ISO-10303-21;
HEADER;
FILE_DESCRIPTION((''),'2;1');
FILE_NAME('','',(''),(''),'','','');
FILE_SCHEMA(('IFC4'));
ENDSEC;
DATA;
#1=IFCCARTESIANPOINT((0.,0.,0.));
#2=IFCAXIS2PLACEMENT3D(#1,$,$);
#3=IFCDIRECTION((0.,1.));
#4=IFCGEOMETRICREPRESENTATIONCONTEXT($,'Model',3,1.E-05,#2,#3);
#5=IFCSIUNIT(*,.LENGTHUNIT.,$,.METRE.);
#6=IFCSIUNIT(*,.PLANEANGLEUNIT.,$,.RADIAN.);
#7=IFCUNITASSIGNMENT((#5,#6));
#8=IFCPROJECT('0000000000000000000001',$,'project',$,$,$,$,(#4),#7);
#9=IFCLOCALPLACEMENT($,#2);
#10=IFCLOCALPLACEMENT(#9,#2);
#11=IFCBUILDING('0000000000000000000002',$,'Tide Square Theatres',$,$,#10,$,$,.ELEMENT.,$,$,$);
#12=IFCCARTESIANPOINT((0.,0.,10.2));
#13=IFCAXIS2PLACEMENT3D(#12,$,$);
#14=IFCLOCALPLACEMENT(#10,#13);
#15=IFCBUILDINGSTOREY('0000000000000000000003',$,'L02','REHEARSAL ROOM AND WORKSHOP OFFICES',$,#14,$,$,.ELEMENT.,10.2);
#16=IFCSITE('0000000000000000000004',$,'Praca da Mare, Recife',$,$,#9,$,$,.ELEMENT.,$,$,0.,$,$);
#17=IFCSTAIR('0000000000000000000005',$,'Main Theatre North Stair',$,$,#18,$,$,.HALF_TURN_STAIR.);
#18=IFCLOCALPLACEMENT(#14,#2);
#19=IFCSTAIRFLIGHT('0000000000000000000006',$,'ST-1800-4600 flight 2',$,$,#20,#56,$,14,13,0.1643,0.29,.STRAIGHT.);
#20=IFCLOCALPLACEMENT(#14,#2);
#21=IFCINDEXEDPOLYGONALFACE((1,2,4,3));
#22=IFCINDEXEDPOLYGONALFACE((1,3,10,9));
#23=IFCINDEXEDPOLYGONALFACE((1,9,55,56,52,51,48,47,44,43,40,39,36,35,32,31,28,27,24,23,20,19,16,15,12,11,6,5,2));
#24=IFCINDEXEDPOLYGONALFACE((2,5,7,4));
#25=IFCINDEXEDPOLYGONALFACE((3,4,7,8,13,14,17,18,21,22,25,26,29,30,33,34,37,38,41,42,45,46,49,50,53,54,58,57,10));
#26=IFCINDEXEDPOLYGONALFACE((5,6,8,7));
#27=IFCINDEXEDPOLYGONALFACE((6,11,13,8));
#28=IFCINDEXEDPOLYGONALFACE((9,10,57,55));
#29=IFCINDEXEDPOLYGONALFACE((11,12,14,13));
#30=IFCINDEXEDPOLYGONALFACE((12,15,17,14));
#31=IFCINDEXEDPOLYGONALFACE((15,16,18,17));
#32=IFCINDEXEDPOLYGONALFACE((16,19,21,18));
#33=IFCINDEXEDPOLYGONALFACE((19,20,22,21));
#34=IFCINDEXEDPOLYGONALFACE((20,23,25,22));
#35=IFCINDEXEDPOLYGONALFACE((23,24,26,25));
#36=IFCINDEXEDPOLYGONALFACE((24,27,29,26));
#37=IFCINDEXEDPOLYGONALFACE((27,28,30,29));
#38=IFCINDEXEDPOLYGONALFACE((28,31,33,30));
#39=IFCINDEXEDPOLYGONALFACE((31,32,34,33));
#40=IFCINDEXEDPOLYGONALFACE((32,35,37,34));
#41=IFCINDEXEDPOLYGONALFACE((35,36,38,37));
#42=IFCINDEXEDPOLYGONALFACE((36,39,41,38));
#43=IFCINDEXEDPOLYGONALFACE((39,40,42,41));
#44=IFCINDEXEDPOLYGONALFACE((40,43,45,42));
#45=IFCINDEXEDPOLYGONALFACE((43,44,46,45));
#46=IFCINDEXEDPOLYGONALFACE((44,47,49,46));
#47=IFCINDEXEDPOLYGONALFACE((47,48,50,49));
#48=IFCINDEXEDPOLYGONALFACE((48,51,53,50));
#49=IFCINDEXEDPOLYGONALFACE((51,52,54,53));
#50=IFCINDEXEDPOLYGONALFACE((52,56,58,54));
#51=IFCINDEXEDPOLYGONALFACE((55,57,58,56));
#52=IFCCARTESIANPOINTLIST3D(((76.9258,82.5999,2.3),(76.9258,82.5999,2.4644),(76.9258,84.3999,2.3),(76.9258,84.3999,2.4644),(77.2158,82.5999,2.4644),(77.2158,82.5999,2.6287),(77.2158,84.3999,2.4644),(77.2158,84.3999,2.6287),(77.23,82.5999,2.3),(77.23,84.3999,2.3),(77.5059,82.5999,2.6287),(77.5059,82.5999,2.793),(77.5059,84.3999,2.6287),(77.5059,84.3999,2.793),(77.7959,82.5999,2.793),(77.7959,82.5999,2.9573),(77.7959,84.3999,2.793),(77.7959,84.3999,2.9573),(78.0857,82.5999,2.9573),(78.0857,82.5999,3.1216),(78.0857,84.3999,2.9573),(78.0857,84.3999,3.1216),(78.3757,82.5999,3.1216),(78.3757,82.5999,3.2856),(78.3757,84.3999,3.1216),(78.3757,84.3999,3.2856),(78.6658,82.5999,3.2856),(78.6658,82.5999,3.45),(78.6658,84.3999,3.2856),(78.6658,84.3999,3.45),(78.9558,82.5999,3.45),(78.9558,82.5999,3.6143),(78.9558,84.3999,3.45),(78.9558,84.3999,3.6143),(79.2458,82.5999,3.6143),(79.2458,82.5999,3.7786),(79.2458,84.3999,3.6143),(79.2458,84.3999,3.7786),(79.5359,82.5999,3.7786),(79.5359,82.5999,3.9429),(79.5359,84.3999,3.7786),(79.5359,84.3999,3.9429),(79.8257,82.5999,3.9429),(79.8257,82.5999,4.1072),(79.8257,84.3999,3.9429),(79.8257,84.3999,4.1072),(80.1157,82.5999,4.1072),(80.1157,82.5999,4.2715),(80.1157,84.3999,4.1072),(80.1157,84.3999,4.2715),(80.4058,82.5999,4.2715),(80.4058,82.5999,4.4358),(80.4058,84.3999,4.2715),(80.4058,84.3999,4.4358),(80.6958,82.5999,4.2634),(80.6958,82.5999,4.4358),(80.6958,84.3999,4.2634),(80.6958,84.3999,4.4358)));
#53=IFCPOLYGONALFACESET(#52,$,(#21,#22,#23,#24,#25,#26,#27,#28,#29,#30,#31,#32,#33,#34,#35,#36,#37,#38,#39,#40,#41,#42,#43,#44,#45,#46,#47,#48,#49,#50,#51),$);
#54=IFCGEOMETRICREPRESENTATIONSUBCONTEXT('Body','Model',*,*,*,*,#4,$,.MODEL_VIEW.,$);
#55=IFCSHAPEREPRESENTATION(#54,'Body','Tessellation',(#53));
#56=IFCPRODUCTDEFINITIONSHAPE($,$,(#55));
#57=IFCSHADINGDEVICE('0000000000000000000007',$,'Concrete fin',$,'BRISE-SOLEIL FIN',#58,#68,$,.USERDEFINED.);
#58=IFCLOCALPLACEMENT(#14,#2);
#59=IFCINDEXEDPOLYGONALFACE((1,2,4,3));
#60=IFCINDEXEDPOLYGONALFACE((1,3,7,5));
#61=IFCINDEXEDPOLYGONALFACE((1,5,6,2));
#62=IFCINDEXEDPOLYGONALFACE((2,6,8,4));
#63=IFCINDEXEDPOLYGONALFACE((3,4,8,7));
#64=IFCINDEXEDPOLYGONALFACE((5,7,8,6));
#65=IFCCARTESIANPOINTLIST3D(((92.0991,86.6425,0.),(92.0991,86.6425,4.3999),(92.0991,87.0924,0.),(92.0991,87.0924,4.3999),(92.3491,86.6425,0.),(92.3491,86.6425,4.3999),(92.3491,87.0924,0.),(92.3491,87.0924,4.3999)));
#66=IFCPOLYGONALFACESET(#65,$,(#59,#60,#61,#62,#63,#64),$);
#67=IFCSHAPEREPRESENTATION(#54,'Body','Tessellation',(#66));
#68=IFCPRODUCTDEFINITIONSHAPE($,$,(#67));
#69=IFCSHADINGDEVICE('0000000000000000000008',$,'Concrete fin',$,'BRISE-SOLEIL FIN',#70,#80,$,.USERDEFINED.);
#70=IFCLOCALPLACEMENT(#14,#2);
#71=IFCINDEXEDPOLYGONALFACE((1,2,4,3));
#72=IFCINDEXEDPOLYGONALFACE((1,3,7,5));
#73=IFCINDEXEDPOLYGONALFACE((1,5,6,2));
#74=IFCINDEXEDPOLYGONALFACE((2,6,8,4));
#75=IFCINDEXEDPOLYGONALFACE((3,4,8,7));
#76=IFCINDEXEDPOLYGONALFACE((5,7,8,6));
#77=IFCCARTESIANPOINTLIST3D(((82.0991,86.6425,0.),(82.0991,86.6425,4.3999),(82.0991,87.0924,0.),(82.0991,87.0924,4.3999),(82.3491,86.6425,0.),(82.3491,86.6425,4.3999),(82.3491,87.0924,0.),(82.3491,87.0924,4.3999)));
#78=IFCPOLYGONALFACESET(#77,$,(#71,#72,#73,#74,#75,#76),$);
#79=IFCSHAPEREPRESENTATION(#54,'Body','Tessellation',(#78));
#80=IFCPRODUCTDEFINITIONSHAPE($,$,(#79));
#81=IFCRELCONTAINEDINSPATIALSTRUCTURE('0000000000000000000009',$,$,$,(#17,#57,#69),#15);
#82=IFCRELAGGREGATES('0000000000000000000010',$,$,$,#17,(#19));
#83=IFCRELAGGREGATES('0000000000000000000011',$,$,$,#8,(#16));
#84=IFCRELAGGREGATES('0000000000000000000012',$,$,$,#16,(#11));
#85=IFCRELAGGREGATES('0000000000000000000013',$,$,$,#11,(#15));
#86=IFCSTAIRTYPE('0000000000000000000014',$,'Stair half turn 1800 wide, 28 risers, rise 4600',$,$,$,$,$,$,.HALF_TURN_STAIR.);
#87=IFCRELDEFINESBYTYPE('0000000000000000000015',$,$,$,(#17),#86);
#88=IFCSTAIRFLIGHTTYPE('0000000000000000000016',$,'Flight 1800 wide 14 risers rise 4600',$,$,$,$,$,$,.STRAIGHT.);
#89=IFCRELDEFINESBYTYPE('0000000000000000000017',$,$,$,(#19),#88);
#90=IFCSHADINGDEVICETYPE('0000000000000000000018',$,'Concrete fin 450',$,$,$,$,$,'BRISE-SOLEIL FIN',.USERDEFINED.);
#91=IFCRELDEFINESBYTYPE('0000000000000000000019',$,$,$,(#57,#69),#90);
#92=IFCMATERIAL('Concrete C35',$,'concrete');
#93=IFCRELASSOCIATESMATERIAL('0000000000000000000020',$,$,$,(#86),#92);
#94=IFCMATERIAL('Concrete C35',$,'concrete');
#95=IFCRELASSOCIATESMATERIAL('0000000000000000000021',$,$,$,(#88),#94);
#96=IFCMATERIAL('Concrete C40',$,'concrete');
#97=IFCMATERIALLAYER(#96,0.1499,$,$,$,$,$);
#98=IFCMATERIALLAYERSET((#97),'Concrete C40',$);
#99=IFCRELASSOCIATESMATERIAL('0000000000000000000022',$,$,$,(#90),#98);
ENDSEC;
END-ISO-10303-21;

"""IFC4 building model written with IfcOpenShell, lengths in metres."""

from ifc_helpers import new_model, si_unit, direction, frame, origin, origin_2d, place, context, subcontext, project, spatial, polyline, rectangle, outline, extrude, material, layer, layer_set, type_object, element, aggregate, save


model = new_model("IFC4")

# Units and contexts
model_context = context("Model", 3, precision=1e-05, world=origin(), true_north=direction((0.0, 1.0)))
body_context = subcontext(model_context, "Body", "Model", "MODEL_VIEW")
ifc_project = project(units=[si_unit("LENGTHUNIT", "METRE"), si_unit("PLANEANGLEUNIT", "RADIAN")], contexts=[model_context])

# Site, building, storey
site_placement = place(None, origin())
site = spatial("IfcSite", under=ifc_project, at=site_placement, Name="Praca da Mare, Recife", CompositionType="ELEMENT", RefElevation=0.0)
building_placement = place(site_placement, origin())
building = spatial("IfcBuilding", under=site, at=building_placement, Name="Tide Square Theatres", CompositionType="ELEMENT")
storey_placement = place(building_placement, frame((0.0, 0.0, 10.2)))
storey = spatial("IfcBuildingStorey", under=building, at=storey_placement, Name="L02", Description="REHEARSAL ROOM AND WORKSHOP OFFICES", CompositionType="ELEMENT", Elevation=10.2)

# Stair, stair flight
ifc_material_1 = material(Name="Concrete C35", Category="concrete")
stair_type = type_object("IfcStairType", Name="Stair half turn 1800 wide, 28 risers, rise 4600", PredefinedType="HALF_TURN_STAIR", material=ifc_material_1)
stair_placement = place(storey_placement, origin())
stair = element("IfcStair", 1, at=stair_placement, inside=storey, type_object=stair_type, Name="Main Theatre North Stair", PredefinedType="HALF_TURN_STAIR")
ifc_material_2 = material(Name="Concrete C35", Category="concrete")
stair_flight_type = type_object("IfcStairFlightType", Name="Flight 1800 wide 14 risers rise 4600", PredefinedType="STRAIGHT", material=ifc_material_2)
stair_flight_1_placement = place(storey_placement, frame((76.9258, 83.5, 2.3), z_axis=(0.0, 0.0, 1.0), x_axis=(1.0, 0.0, 0.0)))
stair_flight_1 = element("IfcStairFlight", 2, at=stair_flight_1_placement, type_object=stair_flight_type, Name="ST-1800-4600 flight 2", NumberOfRisers=14, NumberOfTreads=13, PredefinedType="STRAIGHT", RiserHeight=0.1643, TreadLength=0.29, context=body_context, shape_type="SweptSolid", body=[
    extrude(outline(polyline([(0.0, 0.0), (0.0, 0.1643), (0.29, 0.1643), (0.29, 0.3286), (0.5801, 0.3286), (0.5801, 0.4929), (0.8701, 0.4929), (0.8701, 0.6572), (1.1599, 0.6572), (1.1599, 0.8215), (1.45, 0.8215), (1.45, 0.9856), (1.74, 0.9856), (1.74, 1.1499), (2.03, 1.1499), (2.03, 1.3142), (2.3201, 1.3142), (2.3201, 1.4785), (2.6101, 1.4785), (2.6101, 1.6428), (2.8999, 1.6428), (2.8999, 1.8071), (3.1899, 1.8071), (3.1899, 1.9714), (3.48, 1.9714), (3.48, 2.1357), (3.77, 2.1357), (3.77, 2.3), (3.77, 1.9634), (0.3042, 0.0), (0.0, 0.0)])), frame((0.0, 0.8999, 0.0), z_axis=(0.0, -1.0, 0.0), x_axis=(1.0, 0.0, 0.0)), (0.0, 0.0, 1.0), 1.8),
])
aggregate(stair, [stair_flight_1])

# Shading devices
ifc_material_3 = material(Name="Concrete C40", Category="concrete")
ifc_layer_1 = layer(ifc_material_3, 0.1499)
ifc_layer_set_1 = layer_set([ifc_layer_1], Name="Concrete C40")
shading_device_type = type_object("IfcShadingDeviceType", Name="Concrete fin 450", ElementType="BRISE-SOLEIL FIN", PredefinedType="USERDEFINED", material=ifc_layer_set_1)
for number, where, z_axis, x_axis, name in (
    (3, (92.2241, 86.8674, 0.0), (0.0, 0.0, 1.0), (-1.0, 0.0, 0.0), "Concrete fin"),
    (4, (82.2241, 86.8674, 0.0), (0.0, 0.0, 1.0), (-1.0, 0.0, 0.0), "Concrete fin"),
):
    element("IfcShadingDevice", number, at=place(storey_placement, frame(where, z_axis=z_axis, x_axis=x_axis)), inside=storey, type_object=shading_device_type, Name=name, ObjectType="BRISE-SOLEIL FIN", PredefinedType="USERDEFINED", context=body_context, shape_type="SweptSolid", body=[
        extrude(rectangle(XDim=0.25, YDim=0.45, at=origin_2d()), origin(), (0.0, 0.0, 1.0), 4.3999),
    ])

save(model, "model.ifc")
